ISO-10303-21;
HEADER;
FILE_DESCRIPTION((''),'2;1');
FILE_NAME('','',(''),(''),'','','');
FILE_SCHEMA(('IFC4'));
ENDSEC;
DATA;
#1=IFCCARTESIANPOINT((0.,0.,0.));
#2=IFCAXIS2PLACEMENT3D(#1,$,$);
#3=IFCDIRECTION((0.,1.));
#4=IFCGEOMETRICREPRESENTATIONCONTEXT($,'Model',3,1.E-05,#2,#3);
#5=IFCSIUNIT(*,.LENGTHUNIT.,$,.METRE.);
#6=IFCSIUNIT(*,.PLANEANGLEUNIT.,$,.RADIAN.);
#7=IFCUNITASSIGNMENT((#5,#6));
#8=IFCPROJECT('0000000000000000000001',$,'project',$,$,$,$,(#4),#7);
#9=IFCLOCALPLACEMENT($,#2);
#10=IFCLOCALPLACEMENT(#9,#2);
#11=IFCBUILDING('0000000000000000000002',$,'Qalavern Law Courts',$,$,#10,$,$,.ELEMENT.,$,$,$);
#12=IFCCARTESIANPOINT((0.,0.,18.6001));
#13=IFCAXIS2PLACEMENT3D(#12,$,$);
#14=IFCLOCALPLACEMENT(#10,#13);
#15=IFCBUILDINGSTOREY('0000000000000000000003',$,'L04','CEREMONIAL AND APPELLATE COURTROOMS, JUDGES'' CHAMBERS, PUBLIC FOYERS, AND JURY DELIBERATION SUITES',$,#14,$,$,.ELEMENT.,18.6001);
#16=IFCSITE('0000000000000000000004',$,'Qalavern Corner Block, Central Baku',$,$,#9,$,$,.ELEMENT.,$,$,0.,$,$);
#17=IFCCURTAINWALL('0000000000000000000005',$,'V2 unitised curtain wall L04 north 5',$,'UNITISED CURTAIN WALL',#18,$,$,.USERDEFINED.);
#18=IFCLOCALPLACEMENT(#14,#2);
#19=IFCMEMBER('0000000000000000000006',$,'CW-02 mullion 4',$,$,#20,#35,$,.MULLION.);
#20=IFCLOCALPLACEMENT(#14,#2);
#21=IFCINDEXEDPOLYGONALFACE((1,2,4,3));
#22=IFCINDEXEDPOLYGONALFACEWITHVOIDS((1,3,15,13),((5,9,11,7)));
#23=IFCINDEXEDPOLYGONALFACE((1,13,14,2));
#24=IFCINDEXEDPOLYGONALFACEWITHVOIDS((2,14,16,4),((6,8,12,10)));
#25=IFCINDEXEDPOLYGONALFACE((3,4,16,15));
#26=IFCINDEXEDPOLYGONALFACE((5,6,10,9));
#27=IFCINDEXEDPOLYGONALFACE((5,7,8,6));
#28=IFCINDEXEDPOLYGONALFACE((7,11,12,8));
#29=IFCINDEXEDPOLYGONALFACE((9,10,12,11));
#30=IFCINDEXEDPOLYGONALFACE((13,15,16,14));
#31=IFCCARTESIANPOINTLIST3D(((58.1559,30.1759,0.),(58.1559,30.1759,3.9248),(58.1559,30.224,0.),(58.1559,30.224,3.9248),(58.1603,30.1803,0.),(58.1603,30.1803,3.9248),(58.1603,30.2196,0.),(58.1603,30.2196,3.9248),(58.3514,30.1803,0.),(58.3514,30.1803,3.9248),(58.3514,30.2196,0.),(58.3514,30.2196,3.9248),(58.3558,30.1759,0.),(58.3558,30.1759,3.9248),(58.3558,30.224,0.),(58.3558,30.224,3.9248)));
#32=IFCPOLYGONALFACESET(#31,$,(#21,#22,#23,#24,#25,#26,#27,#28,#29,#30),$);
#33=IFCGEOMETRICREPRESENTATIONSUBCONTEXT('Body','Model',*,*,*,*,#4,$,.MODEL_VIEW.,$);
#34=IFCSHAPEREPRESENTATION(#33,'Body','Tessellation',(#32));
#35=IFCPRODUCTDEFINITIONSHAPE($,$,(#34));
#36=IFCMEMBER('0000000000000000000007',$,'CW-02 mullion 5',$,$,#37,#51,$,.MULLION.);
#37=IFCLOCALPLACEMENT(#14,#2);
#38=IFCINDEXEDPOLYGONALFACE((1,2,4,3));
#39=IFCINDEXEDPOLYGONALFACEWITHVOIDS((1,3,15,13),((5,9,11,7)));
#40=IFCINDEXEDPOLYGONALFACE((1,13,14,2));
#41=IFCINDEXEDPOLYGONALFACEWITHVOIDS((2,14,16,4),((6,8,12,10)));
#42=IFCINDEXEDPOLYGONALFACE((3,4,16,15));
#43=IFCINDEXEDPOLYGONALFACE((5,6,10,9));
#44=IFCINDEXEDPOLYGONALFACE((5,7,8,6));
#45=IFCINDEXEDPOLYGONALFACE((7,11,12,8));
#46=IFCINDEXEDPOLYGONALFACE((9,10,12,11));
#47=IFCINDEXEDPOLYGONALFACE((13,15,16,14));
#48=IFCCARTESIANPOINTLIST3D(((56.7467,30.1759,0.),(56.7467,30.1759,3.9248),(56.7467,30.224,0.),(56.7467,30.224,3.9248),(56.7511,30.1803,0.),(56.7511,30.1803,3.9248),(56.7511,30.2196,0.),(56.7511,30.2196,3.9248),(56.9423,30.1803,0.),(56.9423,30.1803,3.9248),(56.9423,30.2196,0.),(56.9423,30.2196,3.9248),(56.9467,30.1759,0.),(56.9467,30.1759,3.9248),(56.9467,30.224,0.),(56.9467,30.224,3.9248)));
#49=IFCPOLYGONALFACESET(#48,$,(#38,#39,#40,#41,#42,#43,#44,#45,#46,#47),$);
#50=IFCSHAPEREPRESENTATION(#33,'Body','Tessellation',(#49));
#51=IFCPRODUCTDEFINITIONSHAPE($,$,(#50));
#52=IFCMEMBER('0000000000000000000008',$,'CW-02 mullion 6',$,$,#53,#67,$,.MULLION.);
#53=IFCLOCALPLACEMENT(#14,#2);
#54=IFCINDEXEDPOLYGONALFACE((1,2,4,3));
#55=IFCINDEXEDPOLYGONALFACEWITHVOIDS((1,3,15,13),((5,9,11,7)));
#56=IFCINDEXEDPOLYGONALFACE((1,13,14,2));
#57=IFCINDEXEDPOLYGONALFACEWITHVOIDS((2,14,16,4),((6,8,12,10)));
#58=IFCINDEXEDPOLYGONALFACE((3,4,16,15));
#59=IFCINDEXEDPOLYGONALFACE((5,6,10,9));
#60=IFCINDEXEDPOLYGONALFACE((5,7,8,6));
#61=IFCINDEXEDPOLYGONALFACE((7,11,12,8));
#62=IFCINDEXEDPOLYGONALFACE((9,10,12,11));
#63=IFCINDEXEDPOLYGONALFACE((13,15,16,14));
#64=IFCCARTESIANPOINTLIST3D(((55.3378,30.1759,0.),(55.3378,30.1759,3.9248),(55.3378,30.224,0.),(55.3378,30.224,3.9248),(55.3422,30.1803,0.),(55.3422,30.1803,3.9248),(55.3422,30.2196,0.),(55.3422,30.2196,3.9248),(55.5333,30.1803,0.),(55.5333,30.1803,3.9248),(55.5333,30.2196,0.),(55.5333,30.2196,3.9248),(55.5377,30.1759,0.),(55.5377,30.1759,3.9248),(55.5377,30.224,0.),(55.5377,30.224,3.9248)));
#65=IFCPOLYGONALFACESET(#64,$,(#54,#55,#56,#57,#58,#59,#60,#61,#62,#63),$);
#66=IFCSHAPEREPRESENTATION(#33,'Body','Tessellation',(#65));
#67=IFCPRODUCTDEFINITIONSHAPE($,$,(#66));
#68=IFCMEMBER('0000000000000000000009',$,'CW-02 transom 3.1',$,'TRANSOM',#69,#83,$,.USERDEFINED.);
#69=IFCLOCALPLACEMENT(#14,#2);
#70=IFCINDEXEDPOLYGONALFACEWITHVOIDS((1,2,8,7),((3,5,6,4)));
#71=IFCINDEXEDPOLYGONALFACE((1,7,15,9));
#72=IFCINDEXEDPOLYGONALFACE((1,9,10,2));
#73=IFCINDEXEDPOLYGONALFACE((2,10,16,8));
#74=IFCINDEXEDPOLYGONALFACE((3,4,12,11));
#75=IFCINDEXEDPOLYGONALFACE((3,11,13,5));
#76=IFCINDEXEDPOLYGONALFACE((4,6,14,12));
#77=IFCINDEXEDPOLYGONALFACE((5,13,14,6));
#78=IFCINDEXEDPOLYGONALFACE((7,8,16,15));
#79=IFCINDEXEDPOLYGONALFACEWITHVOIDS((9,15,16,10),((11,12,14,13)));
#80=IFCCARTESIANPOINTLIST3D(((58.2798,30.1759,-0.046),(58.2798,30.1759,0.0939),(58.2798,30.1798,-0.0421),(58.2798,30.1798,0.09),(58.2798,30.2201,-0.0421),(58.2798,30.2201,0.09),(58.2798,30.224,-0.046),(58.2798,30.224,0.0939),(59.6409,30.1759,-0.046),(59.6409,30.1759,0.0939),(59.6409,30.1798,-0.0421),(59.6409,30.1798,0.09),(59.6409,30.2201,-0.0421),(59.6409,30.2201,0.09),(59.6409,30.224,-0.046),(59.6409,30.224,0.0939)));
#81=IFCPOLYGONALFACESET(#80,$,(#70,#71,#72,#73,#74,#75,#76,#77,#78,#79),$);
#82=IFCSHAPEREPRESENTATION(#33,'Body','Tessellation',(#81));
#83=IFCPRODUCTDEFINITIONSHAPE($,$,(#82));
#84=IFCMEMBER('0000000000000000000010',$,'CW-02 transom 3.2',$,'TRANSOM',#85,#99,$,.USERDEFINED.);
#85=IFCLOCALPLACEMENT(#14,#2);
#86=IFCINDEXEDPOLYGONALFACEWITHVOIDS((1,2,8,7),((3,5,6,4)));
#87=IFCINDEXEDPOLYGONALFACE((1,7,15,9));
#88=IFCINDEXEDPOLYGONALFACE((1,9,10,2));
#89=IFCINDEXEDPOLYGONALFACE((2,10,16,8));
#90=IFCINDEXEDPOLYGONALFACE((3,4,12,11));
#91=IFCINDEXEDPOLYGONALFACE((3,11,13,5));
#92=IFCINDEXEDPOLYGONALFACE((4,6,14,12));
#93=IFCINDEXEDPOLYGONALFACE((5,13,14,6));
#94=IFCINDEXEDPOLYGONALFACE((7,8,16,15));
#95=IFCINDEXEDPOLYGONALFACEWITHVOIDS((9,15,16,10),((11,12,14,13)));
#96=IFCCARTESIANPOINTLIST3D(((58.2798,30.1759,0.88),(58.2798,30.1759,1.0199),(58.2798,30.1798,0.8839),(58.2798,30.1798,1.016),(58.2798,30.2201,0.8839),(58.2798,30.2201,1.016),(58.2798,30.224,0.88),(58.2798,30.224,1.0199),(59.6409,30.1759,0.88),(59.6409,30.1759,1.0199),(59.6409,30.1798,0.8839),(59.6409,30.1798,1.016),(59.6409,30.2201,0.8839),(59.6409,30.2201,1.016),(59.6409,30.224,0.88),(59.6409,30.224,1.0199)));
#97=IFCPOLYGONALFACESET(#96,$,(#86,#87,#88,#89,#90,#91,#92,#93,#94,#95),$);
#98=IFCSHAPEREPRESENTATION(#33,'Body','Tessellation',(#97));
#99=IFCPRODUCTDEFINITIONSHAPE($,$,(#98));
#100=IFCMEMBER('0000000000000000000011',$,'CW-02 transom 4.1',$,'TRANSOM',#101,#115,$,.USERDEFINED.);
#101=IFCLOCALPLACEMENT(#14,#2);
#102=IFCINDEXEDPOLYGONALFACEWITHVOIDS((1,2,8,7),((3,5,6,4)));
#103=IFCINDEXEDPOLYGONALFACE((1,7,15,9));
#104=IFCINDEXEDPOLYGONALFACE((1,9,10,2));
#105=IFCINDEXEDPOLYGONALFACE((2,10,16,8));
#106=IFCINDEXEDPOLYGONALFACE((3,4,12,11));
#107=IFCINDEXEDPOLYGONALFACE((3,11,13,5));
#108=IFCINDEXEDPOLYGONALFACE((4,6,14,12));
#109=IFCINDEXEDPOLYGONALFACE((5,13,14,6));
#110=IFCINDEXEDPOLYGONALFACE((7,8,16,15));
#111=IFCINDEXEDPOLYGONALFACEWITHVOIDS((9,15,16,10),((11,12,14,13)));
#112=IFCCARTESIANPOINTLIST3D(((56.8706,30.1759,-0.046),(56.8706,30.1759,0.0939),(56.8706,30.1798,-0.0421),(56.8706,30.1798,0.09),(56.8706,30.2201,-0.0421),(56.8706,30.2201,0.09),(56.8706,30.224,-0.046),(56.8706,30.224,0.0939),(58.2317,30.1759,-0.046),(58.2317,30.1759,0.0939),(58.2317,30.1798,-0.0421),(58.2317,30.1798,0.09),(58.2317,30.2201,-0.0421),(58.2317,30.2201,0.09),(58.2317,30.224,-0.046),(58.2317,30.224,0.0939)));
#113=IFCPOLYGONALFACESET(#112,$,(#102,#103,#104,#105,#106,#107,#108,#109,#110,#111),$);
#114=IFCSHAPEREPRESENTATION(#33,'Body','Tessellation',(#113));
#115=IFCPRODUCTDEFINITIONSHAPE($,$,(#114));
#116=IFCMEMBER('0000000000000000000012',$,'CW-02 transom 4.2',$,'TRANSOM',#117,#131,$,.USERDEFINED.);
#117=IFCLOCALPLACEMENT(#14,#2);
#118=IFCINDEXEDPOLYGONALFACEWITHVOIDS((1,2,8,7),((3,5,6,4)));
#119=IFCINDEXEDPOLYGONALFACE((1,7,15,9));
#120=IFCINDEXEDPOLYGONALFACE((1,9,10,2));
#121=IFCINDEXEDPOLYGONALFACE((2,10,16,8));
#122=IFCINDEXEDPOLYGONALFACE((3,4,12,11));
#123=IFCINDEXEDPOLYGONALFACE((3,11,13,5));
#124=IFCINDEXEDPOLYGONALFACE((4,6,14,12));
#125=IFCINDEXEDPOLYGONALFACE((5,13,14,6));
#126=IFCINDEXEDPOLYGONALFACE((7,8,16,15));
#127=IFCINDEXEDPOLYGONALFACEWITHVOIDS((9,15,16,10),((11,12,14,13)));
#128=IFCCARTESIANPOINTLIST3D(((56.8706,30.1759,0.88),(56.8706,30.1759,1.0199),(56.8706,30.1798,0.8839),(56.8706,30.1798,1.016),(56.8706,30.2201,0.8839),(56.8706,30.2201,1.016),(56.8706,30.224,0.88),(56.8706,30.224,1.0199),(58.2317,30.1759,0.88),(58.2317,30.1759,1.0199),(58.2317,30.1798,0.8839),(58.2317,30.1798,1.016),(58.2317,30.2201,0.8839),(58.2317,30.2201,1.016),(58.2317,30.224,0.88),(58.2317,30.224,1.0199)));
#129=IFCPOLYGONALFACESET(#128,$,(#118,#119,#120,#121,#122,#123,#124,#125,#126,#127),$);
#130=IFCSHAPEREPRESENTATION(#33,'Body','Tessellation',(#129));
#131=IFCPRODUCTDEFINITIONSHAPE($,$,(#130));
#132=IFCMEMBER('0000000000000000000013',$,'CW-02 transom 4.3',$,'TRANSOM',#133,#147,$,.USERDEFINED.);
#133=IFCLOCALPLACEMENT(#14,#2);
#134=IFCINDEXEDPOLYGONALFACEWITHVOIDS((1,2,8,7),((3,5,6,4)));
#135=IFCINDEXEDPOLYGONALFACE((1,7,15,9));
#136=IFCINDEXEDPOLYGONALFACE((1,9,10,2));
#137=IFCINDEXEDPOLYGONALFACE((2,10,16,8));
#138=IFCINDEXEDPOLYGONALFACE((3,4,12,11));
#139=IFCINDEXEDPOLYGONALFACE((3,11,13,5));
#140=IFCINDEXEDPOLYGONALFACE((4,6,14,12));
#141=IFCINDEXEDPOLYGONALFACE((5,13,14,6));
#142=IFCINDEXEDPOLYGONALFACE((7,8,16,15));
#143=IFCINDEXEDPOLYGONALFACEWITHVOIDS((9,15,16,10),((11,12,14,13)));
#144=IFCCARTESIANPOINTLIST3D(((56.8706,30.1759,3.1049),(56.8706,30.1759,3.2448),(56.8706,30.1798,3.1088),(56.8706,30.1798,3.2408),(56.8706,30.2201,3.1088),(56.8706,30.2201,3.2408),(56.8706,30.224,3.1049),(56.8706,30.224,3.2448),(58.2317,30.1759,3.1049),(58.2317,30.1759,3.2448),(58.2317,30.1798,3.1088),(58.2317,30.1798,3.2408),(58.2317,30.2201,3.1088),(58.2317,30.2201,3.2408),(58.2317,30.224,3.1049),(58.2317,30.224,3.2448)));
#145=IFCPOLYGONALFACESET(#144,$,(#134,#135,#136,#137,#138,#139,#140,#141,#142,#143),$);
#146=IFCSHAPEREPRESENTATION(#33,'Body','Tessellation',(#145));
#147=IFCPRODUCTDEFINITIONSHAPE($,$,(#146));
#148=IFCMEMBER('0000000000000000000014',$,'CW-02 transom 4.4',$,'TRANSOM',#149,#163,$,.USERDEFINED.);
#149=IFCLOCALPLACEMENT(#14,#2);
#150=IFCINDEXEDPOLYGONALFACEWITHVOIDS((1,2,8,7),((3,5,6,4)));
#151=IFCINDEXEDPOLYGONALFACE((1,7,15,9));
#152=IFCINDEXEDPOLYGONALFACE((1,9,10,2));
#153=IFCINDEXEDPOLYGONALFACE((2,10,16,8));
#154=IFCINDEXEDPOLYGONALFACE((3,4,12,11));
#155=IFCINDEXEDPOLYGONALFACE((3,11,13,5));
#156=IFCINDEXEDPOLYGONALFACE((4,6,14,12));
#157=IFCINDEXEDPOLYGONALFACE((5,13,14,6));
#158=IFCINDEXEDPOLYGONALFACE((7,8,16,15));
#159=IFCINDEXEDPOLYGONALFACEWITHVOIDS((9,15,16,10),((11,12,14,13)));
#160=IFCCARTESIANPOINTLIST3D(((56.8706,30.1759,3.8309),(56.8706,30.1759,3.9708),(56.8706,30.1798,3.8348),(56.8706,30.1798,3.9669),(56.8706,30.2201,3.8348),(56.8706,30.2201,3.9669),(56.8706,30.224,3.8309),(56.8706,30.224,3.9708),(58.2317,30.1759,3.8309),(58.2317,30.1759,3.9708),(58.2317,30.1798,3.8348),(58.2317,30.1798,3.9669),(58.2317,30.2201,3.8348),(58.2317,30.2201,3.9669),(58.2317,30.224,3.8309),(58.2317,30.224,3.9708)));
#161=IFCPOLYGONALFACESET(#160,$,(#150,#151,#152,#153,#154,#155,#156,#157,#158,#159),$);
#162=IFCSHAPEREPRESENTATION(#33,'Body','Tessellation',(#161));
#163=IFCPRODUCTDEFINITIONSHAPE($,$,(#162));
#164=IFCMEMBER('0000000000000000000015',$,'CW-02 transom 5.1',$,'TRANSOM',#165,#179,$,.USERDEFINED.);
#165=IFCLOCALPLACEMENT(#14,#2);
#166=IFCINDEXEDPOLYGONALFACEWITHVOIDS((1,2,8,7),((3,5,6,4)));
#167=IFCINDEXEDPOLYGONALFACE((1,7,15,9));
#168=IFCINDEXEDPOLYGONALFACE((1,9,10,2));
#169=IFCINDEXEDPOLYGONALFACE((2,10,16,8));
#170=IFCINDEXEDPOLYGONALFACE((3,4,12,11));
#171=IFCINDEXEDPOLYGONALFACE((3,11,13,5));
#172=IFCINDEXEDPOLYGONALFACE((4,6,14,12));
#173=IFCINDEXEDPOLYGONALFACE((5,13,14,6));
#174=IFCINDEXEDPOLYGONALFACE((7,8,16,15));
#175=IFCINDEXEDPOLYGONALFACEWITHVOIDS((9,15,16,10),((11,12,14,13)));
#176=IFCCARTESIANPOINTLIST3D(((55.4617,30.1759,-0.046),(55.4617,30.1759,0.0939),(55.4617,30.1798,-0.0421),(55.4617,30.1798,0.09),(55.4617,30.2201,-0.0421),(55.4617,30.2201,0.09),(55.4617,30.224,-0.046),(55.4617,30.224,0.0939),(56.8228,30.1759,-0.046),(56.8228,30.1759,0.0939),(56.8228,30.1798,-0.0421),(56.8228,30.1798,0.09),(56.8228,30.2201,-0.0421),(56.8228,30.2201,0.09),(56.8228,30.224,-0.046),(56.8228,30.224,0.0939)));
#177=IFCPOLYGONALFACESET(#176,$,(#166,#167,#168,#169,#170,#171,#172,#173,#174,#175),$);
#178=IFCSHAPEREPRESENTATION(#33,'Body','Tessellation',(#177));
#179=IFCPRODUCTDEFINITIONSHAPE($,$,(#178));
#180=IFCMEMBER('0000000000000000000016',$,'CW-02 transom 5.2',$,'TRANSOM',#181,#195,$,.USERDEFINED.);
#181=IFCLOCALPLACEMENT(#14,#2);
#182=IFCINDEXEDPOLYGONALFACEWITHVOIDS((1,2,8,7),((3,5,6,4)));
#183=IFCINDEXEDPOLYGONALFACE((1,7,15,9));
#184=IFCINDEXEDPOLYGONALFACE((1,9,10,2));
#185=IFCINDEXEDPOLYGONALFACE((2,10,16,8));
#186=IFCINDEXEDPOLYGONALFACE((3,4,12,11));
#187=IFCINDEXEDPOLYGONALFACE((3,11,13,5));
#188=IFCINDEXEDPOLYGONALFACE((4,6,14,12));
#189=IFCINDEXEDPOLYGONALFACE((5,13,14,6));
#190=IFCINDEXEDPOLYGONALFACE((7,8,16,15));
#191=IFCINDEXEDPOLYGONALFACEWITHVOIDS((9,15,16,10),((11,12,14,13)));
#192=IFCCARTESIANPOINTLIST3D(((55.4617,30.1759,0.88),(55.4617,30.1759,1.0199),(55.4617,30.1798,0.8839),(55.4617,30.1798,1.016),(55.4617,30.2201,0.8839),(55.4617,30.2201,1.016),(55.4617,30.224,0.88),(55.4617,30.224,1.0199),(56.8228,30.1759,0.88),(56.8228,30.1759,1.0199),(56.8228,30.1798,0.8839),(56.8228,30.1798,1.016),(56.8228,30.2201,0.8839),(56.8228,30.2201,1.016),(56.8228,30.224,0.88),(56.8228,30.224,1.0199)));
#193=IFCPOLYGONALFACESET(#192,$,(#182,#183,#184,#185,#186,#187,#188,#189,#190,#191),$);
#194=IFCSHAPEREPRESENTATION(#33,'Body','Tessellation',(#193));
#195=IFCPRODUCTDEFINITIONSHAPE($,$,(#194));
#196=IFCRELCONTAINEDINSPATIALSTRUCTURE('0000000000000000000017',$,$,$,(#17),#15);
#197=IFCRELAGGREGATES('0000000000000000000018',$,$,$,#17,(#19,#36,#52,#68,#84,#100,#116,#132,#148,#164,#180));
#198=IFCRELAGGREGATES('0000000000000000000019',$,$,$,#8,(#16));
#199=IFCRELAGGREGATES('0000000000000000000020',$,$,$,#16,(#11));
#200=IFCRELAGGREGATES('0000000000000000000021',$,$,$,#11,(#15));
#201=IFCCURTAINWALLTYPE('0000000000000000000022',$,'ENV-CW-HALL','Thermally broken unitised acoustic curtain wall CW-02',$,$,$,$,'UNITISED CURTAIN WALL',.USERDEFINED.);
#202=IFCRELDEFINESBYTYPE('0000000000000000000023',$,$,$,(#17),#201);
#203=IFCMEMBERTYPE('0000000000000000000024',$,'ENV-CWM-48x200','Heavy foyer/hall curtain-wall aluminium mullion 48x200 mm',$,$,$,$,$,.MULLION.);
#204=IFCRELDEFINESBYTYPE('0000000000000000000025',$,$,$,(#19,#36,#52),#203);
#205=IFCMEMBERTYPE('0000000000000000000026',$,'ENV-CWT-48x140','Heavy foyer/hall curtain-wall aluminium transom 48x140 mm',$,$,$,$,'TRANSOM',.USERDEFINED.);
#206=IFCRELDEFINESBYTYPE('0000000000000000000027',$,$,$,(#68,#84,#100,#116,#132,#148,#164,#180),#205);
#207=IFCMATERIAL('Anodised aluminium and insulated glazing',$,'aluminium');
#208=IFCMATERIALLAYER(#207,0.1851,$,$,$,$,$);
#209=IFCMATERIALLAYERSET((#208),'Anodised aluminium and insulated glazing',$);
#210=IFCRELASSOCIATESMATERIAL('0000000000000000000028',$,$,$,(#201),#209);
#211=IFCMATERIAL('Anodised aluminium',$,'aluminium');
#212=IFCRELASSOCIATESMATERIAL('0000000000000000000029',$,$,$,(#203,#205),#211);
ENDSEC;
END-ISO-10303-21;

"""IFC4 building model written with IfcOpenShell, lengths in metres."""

from ifc_helpers import new_model, si_unit, direction, frame, origin, origin_2d, place, context, subcontext, project, spatial, hollow_rectangle, extrude, material, layer, layer_set, material_profile, profile_set, type_object, element, aggregate, save


model = new_model("IFC4")

# Units and contexts
model_context = context("Model", 3, precision=1e-05, world=origin(), true_north=direction((0.0, 1.0)))
body_context = subcontext(model_context, "Body", "Model", "MODEL_VIEW")
ifc_project = project(units=[si_unit("LENGTHUNIT", "METRE"), si_unit("PLANEANGLEUNIT", "RADIAN")], contexts=[model_context])

# Site, building, storey
site_placement = place(None, origin())
site = spatial("IfcSite", under=ifc_project, at=site_placement, Name="Qalavern Corner Block, Central Baku", CompositionType="ELEMENT", RefElevation=0.0)
building_placement = place(site_placement, origin())
building = spatial("IfcBuilding", under=site, at=building_placement, Name="Qalavern Law Courts", CompositionType="ELEMENT")
storey_placement = place(building_placement, frame((0.0, 0.0, 18.6001)))
storey = spatial("IfcBuildingStorey", under=building, at=storey_placement, Name="L04", Description="CEREMONIAL AND APPELLATE COURTROOMS, JUDGES' CHAMBERS, PUBLIC FOYERS, AND JURY DELIBERATION SUITES", CompositionType="ELEMENT", Elevation=18.6001)

# Curtain wall, members
ifc_material_1 = material(Name="Anodised aluminium and insulated glazing", Category="aluminium")
ifc_layer_1 = layer(ifc_material_1, 0.1851)
ifc_layer_set_1 = layer_set([ifc_layer_1], Name="Anodised aluminium and insulated glazing")
curtain_wall_type = type_object("IfcCurtainWallType", Name="ENV-CW-HALL", Description="Thermally broken unitised acoustic curtain wall CW-02", ElementType="UNITISED CURTAIN WALL", PredefinedType="USERDEFINED", material=ifc_layer_set_1)
curtain_wall_placement = place(storey_placement, origin())
curtain_wall = element("IfcCurtainWall", 1, at=curtain_wall_placement, inside=storey, type_object=curtain_wall_type, Name="V2 unitised curtain wall L04 north 5", ObjectType="UNITISED CURTAIN WALL", PredefinedType="USERDEFINED")
ifc_material_2 = material(Name="Anodised aluminium", Category="aluminium")
ifc_material_profile_1 = material_profile(ifc_material_2, hollow_rectangle(XDim=0.0481, YDim=0.2, WallThickness=0.0044, at=origin_2d()), Name="ALU MULLION 48x200")
ifc_profile_set_1 = profile_set([ifc_material_profile_1], Name="Anodised aluminium")
member_type_1 = type_object("IfcMemberType", Name="ENV-CWM-48x200", Description="Heavy foyer/hall curtain-wall aluminium mullion 48x200 mm", PredefinedType="MULLION", material=ifc_profile_set_1)
member_1_placement = place(storey_placement, frame((58.2559, 30.2, 0.0), z_axis=(0.0, 0.0, 1.0), x_axis=(0.0, -1.0, 0.0)))
member_1 = element("IfcMember", 2, at=member_1_placement, type_object=member_type_1, Name="CW-02 mullion 4", PredefinedType="MULLION", context=body_context, shape_type="SweptSolid", body=[
    extrude(hollow_rectangle(XDim=0.0481, YDim=0.2, WallThickness=0.0044, at=origin_2d()), origin(), (0.0, 0.0, 1.0), 3.9248),
])
member_2_placement = place(storey_placement, frame((56.8467, 30.2, 0.0), z_axis=(0.0, 0.0, 1.0), x_axis=(0.0, -1.0, 0.0)))
member_2 = element("IfcMember", 3, at=member_2_placement, type_object=member_type_1, Name="CW-02 mullion 5", PredefinedType="MULLION", context=body_context, shape_type="SweptSolid", body=[
    extrude(hollow_rectangle(XDim=0.0481, YDim=0.2, WallThickness=0.0044, at=origin_2d()), origin(), (0.0, 0.0, 1.0), 3.9248),
])
member_3_placement = place(storey_placement, frame((55.4377, 30.2, 0.0), z_axis=(0.0, 0.0, 1.0), x_axis=(0.0, -1.0, 0.0)))
member_3 = element("IfcMember", 4, at=member_3_placement, type_object=member_type_1, Name="CW-02 mullion 6", PredefinedType="MULLION", context=body_context, shape_type="SweptSolid", body=[
    extrude(hollow_rectangle(XDim=0.0481, YDim=0.2, WallThickness=0.0044, at=origin_2d()), origin(), (0.0, 0.0, 1.0), 3.9248),
])
ifc_material_profile_2 = material_profile(ifc_material_2, hollow_rectangle(XDim=0.0481, YDim=0.1399, WallThickness=0.0039, at=origin_2d()), Name="ALU TRANSOM 48x140")
ifc_profile_set_2 = profile_set([ifc_material_profile_2], Name="Anodised aluminium")
member_type_2 = type_object("IfcMemberType", Name="ENV-CWT-48x140", Description="Heavy foyer/hall curtain-wall aluminium transom 48x140 mm", ElementType="TRANSOM", PredefinedType="USERDEFINED", material=ifc_profile_set_2)
member_4_placement = place(storey_placement, frame((59.6409, 30.2, 0.0239), z_axis=(-1.0, 0.0, 0.0), x_axis=(0.0, -1.0, 0.0)))
member_4 = element("IfcMember", 5, at=member_4_placement, type_object=member_type_2, Name="CW-02 transom 3.1", ObjectType="TRANSOM", PredefinedType="USERDEFINED", context=body_context, shape_type="SweptSolid", body=[
    extrude(hollow_rectangle(XDim=0.0481, YDim=0.1399, WallThickness=0.0039, at=origin_2d()), origin(), (0.0, 0.0, 1.0), 1.3611),
])
member_5_placement = place(storey_placement, frame((59.6409, 30.2, 0.95), z_axis=(-1.0, 0.0, 0.0), x_axis=(0.0, -1.0, 0.0)))
member_5 = element("IfcMember", 6, at=member_5_placement, type_object=member_type_2, Name="CW-02 transom 3.2", ObjectType="TRANSOM", PredefinedType="USERDEFINED", context=body_context, shape_type="SweptSolid", body=[
    extrude(hollow_rectangle(XDim=0.0481, YDim=0.1399, WallThickness=0.0039, at=origin_2d()), origin(), (0.0, 0.0, 1.0), 1.3611),
])
member_6_placement = place(storey_placement, frame((58.2317, 30.2, 0.0239), z_axis=(-1.0, 0.0, 0.0), x_axis=(0.0, -1.0, 0.0)))
member_6 = element("IfcMember", 7, at=member_6_placement, type_object=member_type_2, Name="CW-02 transom 4.1", ObjectType="TRANSOM", PredefinedType="USERDEFINED", context=body_context, shape_type="SweptSolid", body=[
    extrude(hollow_rectangle(XDim=0.0481, YDim=0.1399, WallThickness=0.0039, at=origin_2d()), origin(), (0.0, 0.0, 1.0), 1.3611),
])
member_7_placement = place(storey_placement, frame((58.2317, 30.2, 0.95), z_axis=(-1.0, 0.0, 0.0), x_axis=(0.0, -1.0, 0.0)))
member_7 = element("IfcMember", 8, at=member_7_placement, type_object=member_type_2, Name="CW-02 transom 4.2", ObjectType="TRANSOM", PredefinedType="USERDEFINED", context=body_context, shape_type="SweptSolid", body=[
    extrude(hollow_rectangle(XDim=0.0481, YDim=0.1399, WallThickness=0.0039, at=origin_2d()), origin(), (0.0, 0.0, 1.0), 1.3611),
])
member_8_placement = place(storey_placement, frame((58.2317, 30.2, 3.1748), z_axis=(-1.0, 0.0, 0.0), x_axis=(0.0, -1.0, 0.0)))
member_8 = element("IfcMember", 9, at=member_8_placement, type_object=member_type_2, Name="CW-02 transom 4.3", ObjectType="TRANSOM", PredefinedType="USERDEFINED", context=body_context, shape_type="SweptSolid", body=[
    extrude(hollow_rectangle(XDim=0.0481, YDim=0.1399, WallThickness=0.0039, at=origin_2d()), origin(), (0.0, 0.0, 1.0), 1.3611),
])
member_9_placement = place(storey_placement, frame((58.2317, 30.2, 3.9009), z_axis=(-1.0, 0.0, 0.0), x_axis=(0.0, -1.0, 0.0)))
member_9 = element("IfcMember", 10, at=member_9_placement, type_object=member_type_2, Name="CW-02 transom 4.4", ObjectType="TRANSOM", PredefinedType="USERDEFINED", context=body_context, shape_type="SweptSolid", body=[
    extrude(hollow_rectangle(XDim=0.0481, YDim=0.1399, WallThickness=0.0039, at=origin_2d()), origin(), (0.0, 0.0, 1.0), 1.3611),
])
member_10_placement = place(storey_placement, frame((56.8228, 30.2, 0.0239), z_axis=(-1.0, 0.0, 0.0), x_axis=(0.0, -1.0, 0.0)))
member_10 = element("IfcMember", 11, at=member_10_placement, type_object=member_type_2, Name="CW-02 transom 5.1", ObjectType="TRANSOM", PredefinedType="USERDEFINED", context=body_context, shape_type="SweptSolid", body=[
    extrude(hollow_rectangle(XDim=0.0481, YDim=0.1399, WallThickness=0.0039, at=origin_2d()), origin(), (0.0, 0.0, 1.0), 1.3611),
])
member_11_placement = place(storey_placement, frame((56.8228, 30.2, 0.95), z_axis=(-1.0, 0.0, 0.0), x_axis=(0.0, -1.0, 0.0)))
member_11 = element("IfcMember", 12, at=member_11_placement, type_object=member_type_2, Name="CW-02 transom 5.2", ObjectType="TRANSOM", PredefinedType="USERDEFINED", context=body_context, shape_type="SweptSolid", body=[
    extrude(hollow_rectangle(XDim=0.0481, YDim=0.1399, WallThickness=0.0039, at=origin_2d()), origin(), (0.0, 0.0, 1.0), 1.3611),
])
aggregate(curtain_wall, [member_1, member_2, member_3, member_4, member_5, member_6, member_7, member_8, member_9, member_10, member_11])

save(model, "model.ifc")
